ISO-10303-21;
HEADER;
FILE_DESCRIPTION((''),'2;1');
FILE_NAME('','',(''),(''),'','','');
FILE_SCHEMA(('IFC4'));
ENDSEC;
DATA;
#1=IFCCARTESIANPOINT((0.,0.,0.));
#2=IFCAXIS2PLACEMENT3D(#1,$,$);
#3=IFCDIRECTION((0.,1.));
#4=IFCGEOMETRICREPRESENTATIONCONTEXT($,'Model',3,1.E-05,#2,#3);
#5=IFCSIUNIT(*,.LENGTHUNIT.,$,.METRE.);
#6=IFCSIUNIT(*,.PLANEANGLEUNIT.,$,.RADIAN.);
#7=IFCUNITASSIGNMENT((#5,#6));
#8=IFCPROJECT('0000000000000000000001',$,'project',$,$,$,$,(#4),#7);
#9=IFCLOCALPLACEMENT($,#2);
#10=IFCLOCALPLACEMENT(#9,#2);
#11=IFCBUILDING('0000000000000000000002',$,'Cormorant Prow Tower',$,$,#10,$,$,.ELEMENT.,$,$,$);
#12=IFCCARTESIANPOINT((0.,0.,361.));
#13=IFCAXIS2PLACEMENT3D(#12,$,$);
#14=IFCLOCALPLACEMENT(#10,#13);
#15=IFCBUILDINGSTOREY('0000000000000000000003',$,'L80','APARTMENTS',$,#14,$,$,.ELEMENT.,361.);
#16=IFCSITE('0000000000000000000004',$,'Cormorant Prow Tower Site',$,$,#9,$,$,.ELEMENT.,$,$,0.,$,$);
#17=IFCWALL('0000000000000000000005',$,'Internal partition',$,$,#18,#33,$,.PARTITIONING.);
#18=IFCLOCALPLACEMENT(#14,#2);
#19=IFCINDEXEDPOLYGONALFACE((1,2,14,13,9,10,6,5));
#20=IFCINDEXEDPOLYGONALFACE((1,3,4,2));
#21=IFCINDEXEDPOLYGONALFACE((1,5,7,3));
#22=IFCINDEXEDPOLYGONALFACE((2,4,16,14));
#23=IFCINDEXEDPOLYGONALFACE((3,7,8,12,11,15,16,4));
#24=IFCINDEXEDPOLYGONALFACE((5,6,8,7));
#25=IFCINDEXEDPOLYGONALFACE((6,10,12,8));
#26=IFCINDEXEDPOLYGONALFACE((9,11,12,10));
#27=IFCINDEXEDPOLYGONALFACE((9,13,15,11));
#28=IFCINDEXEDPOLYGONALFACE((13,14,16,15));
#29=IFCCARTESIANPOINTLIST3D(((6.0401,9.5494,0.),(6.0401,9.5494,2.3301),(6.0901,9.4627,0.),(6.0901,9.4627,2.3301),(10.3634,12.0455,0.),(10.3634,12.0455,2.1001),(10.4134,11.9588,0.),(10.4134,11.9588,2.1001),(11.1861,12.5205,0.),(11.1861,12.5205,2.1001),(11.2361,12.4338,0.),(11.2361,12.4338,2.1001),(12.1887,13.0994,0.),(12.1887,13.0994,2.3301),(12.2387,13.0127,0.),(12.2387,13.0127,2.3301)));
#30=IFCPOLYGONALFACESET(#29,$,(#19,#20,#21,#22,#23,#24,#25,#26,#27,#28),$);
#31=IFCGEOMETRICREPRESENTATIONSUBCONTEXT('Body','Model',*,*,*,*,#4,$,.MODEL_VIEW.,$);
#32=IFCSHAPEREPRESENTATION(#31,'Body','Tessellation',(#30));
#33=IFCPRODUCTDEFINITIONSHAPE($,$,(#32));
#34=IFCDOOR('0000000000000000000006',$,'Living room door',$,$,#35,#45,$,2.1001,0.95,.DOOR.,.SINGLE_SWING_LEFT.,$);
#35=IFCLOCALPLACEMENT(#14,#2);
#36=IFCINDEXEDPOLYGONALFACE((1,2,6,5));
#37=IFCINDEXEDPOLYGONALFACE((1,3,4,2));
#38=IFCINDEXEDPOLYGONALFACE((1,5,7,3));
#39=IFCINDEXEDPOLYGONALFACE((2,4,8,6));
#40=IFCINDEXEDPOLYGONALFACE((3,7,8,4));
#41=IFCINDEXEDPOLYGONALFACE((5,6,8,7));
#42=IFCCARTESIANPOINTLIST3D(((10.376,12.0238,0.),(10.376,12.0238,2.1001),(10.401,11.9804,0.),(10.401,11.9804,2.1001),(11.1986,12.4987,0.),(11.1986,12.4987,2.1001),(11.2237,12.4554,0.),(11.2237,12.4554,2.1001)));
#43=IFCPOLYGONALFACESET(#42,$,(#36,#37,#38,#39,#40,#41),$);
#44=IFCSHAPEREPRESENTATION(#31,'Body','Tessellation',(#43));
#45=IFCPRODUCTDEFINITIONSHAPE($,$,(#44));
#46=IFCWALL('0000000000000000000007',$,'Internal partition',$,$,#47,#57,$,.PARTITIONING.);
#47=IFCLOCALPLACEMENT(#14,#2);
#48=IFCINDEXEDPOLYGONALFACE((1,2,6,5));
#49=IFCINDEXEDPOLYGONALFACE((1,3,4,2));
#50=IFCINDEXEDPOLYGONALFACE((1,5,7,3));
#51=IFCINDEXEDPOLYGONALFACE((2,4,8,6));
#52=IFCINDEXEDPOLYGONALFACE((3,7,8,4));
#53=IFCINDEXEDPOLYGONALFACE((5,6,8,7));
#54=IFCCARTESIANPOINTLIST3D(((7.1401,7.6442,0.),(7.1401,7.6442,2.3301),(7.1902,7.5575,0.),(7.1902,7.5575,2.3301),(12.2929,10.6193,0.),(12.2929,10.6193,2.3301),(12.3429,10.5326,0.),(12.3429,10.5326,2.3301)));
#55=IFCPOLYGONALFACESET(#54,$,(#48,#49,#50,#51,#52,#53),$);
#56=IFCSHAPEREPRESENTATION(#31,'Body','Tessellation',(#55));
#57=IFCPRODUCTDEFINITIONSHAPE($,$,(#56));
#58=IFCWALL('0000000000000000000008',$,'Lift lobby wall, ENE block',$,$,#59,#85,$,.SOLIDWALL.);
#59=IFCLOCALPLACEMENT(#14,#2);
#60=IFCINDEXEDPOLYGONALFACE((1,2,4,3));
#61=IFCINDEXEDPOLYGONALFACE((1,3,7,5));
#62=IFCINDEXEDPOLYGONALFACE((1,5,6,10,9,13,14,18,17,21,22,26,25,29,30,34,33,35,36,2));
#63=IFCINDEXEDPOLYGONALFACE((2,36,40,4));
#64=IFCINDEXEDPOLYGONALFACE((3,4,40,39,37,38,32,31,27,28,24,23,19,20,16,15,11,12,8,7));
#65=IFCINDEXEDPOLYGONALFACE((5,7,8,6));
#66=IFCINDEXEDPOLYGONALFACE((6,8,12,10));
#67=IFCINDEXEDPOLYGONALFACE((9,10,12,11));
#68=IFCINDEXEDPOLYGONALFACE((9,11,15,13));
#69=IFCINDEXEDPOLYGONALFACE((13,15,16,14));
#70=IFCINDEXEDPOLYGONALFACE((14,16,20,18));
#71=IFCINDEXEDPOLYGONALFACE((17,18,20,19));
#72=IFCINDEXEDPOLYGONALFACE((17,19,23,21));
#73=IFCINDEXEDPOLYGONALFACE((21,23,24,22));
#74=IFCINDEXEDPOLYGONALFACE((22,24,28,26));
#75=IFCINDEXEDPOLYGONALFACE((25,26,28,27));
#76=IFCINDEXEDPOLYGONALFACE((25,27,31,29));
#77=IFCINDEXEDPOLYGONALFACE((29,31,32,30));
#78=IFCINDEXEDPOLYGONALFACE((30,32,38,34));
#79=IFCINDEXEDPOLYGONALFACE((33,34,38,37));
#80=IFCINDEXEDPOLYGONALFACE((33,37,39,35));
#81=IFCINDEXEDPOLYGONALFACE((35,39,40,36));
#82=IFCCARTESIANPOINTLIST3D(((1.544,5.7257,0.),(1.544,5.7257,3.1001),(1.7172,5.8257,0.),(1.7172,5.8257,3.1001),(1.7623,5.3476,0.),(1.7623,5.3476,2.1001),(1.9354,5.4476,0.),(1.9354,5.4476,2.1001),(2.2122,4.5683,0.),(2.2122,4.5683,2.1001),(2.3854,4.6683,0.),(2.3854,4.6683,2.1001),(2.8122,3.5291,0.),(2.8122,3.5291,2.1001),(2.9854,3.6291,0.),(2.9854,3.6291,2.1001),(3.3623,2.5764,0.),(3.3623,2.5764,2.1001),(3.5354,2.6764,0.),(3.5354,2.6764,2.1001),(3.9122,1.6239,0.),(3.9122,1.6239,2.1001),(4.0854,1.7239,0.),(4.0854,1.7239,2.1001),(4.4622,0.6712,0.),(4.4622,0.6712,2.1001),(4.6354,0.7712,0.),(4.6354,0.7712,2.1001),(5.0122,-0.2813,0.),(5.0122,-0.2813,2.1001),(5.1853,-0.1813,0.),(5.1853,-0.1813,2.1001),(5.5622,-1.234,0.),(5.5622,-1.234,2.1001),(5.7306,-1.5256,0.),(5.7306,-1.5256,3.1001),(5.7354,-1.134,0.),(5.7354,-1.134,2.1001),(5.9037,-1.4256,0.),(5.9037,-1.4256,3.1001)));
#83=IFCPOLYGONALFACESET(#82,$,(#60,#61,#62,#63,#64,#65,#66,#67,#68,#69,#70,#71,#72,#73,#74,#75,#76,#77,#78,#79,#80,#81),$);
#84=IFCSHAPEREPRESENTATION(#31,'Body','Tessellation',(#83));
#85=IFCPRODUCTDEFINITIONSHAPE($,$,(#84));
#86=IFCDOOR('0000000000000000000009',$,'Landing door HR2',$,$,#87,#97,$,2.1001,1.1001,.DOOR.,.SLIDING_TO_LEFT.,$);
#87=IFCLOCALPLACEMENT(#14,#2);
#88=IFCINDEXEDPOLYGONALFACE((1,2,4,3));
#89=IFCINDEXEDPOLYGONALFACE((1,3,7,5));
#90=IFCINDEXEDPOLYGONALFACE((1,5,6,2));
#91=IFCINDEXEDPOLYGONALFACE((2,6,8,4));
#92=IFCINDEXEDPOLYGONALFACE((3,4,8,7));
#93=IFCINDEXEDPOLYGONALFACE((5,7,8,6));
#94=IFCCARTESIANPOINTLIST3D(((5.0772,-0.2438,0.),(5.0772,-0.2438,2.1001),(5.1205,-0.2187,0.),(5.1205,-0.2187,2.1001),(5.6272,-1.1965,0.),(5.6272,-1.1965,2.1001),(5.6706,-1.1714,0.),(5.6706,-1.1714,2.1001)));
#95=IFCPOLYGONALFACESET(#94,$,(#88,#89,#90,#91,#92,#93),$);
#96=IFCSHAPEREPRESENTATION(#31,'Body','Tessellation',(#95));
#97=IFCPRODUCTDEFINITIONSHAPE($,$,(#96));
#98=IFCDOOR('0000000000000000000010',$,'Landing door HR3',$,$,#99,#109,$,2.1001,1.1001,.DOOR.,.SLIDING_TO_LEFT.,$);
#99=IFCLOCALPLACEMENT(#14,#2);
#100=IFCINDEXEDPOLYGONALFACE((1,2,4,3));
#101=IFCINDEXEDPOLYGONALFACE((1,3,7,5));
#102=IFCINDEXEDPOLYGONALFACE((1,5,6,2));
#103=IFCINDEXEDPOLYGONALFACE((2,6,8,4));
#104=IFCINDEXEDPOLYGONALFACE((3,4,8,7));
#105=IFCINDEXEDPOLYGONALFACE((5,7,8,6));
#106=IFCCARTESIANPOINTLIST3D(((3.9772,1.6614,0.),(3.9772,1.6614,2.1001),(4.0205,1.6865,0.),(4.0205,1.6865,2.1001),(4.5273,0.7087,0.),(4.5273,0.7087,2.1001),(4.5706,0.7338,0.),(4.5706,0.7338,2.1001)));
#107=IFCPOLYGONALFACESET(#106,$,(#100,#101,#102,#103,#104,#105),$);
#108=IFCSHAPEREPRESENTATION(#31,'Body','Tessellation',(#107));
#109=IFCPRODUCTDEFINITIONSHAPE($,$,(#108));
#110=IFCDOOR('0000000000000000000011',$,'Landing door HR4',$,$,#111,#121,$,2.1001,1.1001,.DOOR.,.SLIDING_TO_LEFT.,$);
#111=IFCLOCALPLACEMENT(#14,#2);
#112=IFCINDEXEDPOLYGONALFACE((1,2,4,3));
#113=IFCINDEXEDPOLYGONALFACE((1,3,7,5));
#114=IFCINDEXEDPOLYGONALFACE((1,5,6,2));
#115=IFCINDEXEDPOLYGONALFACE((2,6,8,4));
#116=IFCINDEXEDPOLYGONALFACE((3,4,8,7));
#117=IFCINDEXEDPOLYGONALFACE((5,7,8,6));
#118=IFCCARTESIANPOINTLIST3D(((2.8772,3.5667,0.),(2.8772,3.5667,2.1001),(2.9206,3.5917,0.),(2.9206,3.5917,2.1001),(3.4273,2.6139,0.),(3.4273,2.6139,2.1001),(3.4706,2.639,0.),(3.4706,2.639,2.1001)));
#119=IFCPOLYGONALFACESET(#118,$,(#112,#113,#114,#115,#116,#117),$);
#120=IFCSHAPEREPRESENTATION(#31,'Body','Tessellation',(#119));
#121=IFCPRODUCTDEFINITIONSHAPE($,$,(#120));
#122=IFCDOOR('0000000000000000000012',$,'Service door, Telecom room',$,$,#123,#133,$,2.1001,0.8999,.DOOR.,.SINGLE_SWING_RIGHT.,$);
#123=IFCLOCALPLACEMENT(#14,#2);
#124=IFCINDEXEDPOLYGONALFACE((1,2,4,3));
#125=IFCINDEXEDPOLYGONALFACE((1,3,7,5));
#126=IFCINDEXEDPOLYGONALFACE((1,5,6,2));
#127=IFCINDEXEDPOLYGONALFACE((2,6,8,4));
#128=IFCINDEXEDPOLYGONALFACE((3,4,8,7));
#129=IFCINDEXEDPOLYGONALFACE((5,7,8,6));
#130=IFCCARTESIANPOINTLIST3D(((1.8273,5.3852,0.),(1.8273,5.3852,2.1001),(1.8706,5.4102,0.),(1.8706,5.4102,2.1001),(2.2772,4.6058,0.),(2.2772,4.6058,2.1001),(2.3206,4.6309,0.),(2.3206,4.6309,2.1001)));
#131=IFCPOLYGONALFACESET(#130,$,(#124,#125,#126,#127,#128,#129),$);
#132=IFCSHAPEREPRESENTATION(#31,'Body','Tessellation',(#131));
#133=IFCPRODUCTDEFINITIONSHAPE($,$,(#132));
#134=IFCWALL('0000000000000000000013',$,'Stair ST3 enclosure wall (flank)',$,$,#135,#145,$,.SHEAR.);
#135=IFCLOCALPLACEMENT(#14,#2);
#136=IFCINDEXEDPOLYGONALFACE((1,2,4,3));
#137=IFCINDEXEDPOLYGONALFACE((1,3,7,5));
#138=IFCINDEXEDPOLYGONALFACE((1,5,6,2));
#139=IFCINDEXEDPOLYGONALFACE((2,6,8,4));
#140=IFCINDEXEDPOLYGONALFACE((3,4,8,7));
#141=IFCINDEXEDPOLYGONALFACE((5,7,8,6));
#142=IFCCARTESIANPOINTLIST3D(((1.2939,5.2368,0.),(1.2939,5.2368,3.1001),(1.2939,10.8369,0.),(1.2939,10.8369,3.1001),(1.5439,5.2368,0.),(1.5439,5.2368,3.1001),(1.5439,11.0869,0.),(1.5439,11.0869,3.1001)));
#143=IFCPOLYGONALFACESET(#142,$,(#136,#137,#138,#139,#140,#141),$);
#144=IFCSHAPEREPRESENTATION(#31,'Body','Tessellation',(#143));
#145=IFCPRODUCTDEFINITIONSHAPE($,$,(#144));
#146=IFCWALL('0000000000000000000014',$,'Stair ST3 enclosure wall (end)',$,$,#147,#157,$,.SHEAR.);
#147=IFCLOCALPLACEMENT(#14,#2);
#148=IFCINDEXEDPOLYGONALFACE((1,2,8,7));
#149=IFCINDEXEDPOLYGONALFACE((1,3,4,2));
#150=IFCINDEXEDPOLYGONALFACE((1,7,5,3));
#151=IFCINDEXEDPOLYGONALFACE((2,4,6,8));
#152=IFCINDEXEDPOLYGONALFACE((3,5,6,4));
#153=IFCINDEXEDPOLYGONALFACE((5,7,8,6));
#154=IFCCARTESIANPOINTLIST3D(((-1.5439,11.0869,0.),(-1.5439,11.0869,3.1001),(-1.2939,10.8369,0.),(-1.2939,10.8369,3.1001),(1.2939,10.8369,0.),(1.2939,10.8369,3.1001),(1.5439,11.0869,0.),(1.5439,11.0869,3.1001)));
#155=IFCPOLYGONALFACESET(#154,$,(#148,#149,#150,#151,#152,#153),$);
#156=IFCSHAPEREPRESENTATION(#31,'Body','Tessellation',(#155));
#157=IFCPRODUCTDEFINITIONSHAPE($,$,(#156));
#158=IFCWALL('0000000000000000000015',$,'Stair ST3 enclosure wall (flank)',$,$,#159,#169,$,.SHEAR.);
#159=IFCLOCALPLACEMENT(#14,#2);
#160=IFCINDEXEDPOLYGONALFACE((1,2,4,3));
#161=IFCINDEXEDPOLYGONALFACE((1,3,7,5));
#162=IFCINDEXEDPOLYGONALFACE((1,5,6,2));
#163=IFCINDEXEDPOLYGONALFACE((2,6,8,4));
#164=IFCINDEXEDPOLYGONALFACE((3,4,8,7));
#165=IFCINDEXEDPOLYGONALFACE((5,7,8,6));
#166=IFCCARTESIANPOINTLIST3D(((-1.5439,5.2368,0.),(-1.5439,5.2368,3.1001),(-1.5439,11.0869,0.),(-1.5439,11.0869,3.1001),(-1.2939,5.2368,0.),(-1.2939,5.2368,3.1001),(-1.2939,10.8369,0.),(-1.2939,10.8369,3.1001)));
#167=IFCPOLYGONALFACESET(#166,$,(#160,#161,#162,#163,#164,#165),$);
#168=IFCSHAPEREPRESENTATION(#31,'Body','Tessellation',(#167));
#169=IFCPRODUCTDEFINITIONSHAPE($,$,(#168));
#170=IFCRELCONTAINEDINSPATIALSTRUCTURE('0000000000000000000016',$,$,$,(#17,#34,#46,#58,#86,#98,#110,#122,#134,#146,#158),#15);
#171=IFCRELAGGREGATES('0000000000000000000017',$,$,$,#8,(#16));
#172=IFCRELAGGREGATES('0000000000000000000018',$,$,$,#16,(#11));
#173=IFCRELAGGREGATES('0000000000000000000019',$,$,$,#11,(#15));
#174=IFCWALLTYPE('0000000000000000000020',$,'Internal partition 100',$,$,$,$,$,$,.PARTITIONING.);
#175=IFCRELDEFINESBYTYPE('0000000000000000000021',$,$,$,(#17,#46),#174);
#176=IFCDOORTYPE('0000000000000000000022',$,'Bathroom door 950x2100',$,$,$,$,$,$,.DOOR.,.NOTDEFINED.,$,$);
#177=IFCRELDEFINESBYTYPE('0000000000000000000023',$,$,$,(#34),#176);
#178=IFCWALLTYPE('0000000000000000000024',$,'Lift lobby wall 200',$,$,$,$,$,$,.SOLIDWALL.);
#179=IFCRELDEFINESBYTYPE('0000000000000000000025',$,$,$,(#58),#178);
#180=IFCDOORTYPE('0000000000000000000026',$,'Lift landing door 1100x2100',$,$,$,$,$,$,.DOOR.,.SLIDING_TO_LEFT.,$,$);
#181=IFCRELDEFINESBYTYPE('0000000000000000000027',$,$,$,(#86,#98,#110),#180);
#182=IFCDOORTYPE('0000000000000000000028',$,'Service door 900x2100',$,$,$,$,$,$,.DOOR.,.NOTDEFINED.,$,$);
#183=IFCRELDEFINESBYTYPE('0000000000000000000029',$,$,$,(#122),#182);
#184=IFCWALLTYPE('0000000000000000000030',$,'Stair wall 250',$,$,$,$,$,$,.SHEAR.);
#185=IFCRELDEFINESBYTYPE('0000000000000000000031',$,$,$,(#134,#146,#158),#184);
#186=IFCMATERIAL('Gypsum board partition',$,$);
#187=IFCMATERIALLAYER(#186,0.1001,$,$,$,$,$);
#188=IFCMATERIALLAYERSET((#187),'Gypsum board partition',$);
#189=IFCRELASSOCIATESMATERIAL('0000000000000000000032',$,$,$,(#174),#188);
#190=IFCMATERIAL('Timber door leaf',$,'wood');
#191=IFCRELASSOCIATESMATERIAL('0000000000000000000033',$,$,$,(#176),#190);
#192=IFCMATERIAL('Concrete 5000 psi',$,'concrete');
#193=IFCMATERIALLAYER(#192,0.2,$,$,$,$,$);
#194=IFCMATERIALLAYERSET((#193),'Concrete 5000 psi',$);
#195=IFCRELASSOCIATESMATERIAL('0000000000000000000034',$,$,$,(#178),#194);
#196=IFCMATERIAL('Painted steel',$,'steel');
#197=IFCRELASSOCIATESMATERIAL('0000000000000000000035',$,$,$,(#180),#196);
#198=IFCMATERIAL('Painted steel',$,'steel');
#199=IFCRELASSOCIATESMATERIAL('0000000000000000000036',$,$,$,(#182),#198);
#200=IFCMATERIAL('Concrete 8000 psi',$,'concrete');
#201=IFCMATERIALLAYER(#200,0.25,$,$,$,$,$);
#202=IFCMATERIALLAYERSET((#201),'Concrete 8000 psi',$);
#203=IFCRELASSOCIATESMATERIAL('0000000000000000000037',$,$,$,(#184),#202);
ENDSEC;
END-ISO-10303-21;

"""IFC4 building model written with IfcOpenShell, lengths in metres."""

from ifc_helpers import new_model, si_unit, direction, frame, frame_2d, origin, place, context, subcontext, project, spatial, polyline, rectangle, outline, extrude, material, layer, layer_set, type_object, element, fill, save


model = new_model("IFC4")

# Units and contexts
model_context = context("Model", 3, precision=1e-05, world=origin(), true_north=direction((0.0, 1.0)))
body_context = subcontext(model_context, "Body", "Model", "MODEL_VIEW")
ifc_project = project(units=[si_unit("LENGTHUNIT", "METRE"), si_unit("PLANEANGLEUNIT", "RADIAN")], contexts=[model_context])

# Site, building, storey
site_placement = place(None, origin())
site = spatial("IfcSite", under=ifc_project, at=site_placement, Name="Cormorant Prow Tower Site", CompositionType="ELEMENT", RefElevation=0.0)
building_placement = place(site_placement, origin())
building = spatial("IfcBuilding", under=site, at=building_placement, Name="Cormorant Prow Tower", CompositionType="ELEMENT")
storey_placement = place(building_placement, frame((0.0, 0.0, 361.0)))
storey = spatial("IfcBuildingStorey", under=building, at=storey_placement, Name="L80", Description="APARTMENTS", CompositionType="ELEMENT", Elevation=361.0)

# Wall, opening, door
ifc_material_1 = material(Name="Gypsum board partition")
ifc_layer_1 = layer(ifc_material_1, 0.1001)
ifc_layer_set_1 = layer_set([ifc_layer_1], Name="Gypsum board partition")
wall_type_1 = type_object("IfcWallType", Name="Internal partition 100", PredefinedType="PARTITIONING", material=ifc_layer_set_1)
wall_1_placement = place(storey_placement, frame((6.0652, 9.5061, 0.0), z_axis=(0.0, 0.0, 1.0), x_axis=(0.866019, 0.500011, 0.0)))
wall_1 = element("IfcWall", 1, at=wall_1_placement, inside=storey, type_object=wall_type_1, Name="Internal partition", PredefinedType="PARTITIONING", context=body_context, shape_type="SweptSolid", body=[
    extrude(rectangle(XDim=7.0999, YDim=0.1001, at=frame_2d((3.5498, 0.0))), origin(), (0.0, 0.0, 1.0), 2.3301),
])
opening_1_placement = place(wall_1_placement, frame((4.9919, 0.0, 0.0)))
opening_1 = element("IfcOpeningElement", 2, at=opening_1_placement, cuts=wall_1, PredefinedType="OPENING", context=body_context, shape_type="SweptSolid", body=[
    extrude(rectangle(XDim=0.95, YDim=2.1001, at=frame_2d((0.4751, 1.05))), frame((0.0, 0.0601, 0.0), z_axis=(0.0, -1.0, 0.0), x_axis=(1.0, 0.0, 0.0)), (0.0, 0.0, 1.0), 0.1201),
])
ifc_material_2 = material(Name="Timber door leaf", Category="wood")
door_type_1 = type_object("IfcDoorType", Name="Bathroom door 950x2100", OperationType="NOTDEFINED", PredefinedType="DOOR", material=ifc_material_2)
door_1_placement = place(opening_1_placement, origin())
door_1 = element("IfcDoor", 3, at=door_1_placement, inside=storey, type_object=door_type_1, Name="Living room door", OperationType="SINGLE_SWING_LEFT", OverallHeight=2.1001, OverallWidth=0.95, PredefinedType="DOOR", context=body_context, shape_type="SweptSolid", body=[
    extrude(rectangle(XDim=0.95, YDim=2.1001, at=frame_2d((0.4751, 1.05))), frame((0.0, 0.0249, 0.0), z_axis=(0.0, -1.0, 0.0), x_axis=(1.0, 0.0, 0.0)), (0.0, 0.0, 1.0), 0.05),
])
fill(opening_1, door_1)

# Wall
wall_2_placement = place(storey_placement, frame((7.165, 7.6008, 0.0), z_axis=(0.0, 0.0, 1.0), x_axis=(0.866017, 0.500014, 0.0)))
element("IfcWall", 4, at=wall_2_placement, inside=storey, type_object=wall_type_1, Name="Internal partition", PredefinedType="PARTITIONING", context=body_context, shape_type="SweptSolid", body=[
    extrude(rectangle(XDim=5.95, YDim=0.1001, at=frame_2d((2.9751, 0.0))), origin(), (0.0, 0.0, 1.0), 2.3301),
])

# Wall, openings, doors
ifc_material_3 = material(Name="Concrete 5000 psi", Category="concrete")
ifc_layer_2 = layer(ifc_material_3, 0.2)
ifc_layer_set_2 = layer_set([ifc_layer_2], Name="Concrete 5000 psi")
wall_type_2 = type_object("IfcWallType", Name="Lift lobby wall 200", PredefinedType="SOLIDWALL", material=ifc_layer_set_2)
wall_3_placement = place(storey_placement, frame((5.8171, -1.4756, 0.0), z_axis=(0.0, 0.0, 1.0), x_axis=(-0.500003, 0.866024, 0.0)))
wall_3 = element("IfcWall", 5, at=wall_3_placement, inside=storey, type_object=wall_type_2, Name="Lift lobby wall, ENE block", PredefinedType="SOLIDWALL", context=body_context, shape_type="SweptSolid", body=[
    extrude(rectangle(XDim=8.373, YDim=0.2, at=frame_2d((4.1865, 0.0))), origin(), (0.0, 0.0, 1.0), 3.1001),
])
opening_2_placement = place(wall_3_placement, frame((0.3367, 0.0, 0.0)))
opening_2 = element("IfcOpeningElement", 6, at=opening_2_placement, cuts=wall_3, PredefinedType="OPENING", context=body_context, shape_type="SweptSolid", body=[
    extrude(rectangle(XDim=1.1001, YDim=2.1001, at=frame_2d((0.55, 1.05))), frame((0.0, 0.1099, 0.0), z_axis=(0.0, -1.0, 0.0), x_axis=(1.0, 0.0, 0.0)), (0.0, 0.0, 1.0), 0.22),
])
opening_3_placement = place(wall_3_placement, frame((2.5366, 0.0, 0.0)))
opening_3 = element("IfcOpeningElement", 7, at=opening_3_placement, cuts=wall_3, PredefinedType="OPENING", context=body_context, shape_type="SweptSolid", body=[
    extrude(rectangle(XDim=1.1001, YDim=2.1001, at=frame_2d((0.55, 1.05))), frame((0.0, 0.1099, 0.0), z_axis=(0.0, -1.0, 0.0), x_axis=(1.0, 0.0, 0.0)), (0.0, 0.0, 1.0), 0.22),
])
opening_4_placement = place(wall_3_placement, frame((4.7366, 0.0, 0.0)))
opening_4 = element("IfcOpeningElement", 8, at=opening_4_placement, cuts=wall_3, PredefinedType="OPENING", context=body_context, shape_type="SweptSolid", body=[
    extrude(rectangle(XDim=1.1001, YDim=2.1001, at=frame_2d((0.55, 1.05))), frame((0.0, 0.1099, 0.0), z_axis=(0.0, -1.0, 0.0), x_axis=(1.0, 0.0, 0.0)), (0.0, 0.0, 1.0), 0.22),
])
opening_5_placement = place(wall_3_placement, frame((7.0366, 0.0, 0.0)))
opening_5 = element("IfcOpeningElement", 9, at=opening_5_placement, cuts=wall_3, PredefinedType="OPENING", context=body_context, shape_type="SweptSolid", body=[
    extrude(rectangle(XDim=0.8999, YDim=2.1001, at=frame_2d((0.45, 1.05))), frame((0.0, 0.1099, 0.0), z_axis=(0.0, -1.0, 0.0), x_axis=(1.0, 0.0, 0.0)), (0.0, 0.0, 1.0), 0.22),
])
ifc_material_4 = material(Name="Painted steel", Category="steel")
door_type_2 = type_object("IfcDoorType", Name="Lift landing door 1100x2100", OperationType="SLIDING_TO_LEFT", PredefinedType="DOOR", material=ifc_material_4)
door_2_placement = place(opening_2_placement, origin())
door_2 = element("IfcDoor", 10, at=door_2_placement, inside=storey, type_object=door_type_2, Name="Landing door HR2", OperationType="SLIDING_TO_LEFT", OverallHeight=2.1001, OverallWidth=1.1001, PredefinedType="DOOR", context=body_context, shape_type="SweptSolid", body=[
    extrude(rectangle(XDim=1.1001, YDim=2.1001, at=frame_2d((0.55, 1.05))), frame((0.0, 0.0249, 0.0), z_axis=(0.0, -1.0, 0.0), x_axis=(1.0, 0.0, 0.0)), (0.0, 0.0, 1.0), 0.05),
])
fill(opening_2, door_2)
door_3_placement = place(opening_3_placement, origin())
door_3 = element("IfcDoor", 11, at=door_3_placement, inside=storey, type_object=door_type_2, Name="Landing door HR3", OperationType="SLIDING_TO_LEFT", OverallHeight=2.1001, OverallWidth=1.1001, PredefinedType="DOOR", context=body_context, shape_type="SweptSolid", body=[
    extrude(rectangle(XDim=1.1001, YDim=2.1001, at=frame_2d((0.55, 1.05))), frame((0.0, 0.0249, 0.0), z_axis=(0.0, -1.0, 0.0), x_axis=(1.0, 0.0, 0.0)), (0.0, 0.0, 1.0), 0.05),
])
fill(opening_3, door_3)
door_4_placement = place(opening_4_placement, origin())
door_4 = element("IfcDoor", 12, at=door_4_placement, inside=storey, type_object=door_type_2, Name="Landing door HR4", OperationType="SLIDING_TO_LEFT", OverallHeight=2.1001, OverallWidth=1.1001, PredefinedType="DOOR", context=body_context, shape_type="SweptSolid", body=[
    extrude(rectangle(XDim=1.1001, YDim=2.1001, at=frame_2d((0.55, 1.05))), frame((0.0, 0.0249, 0.0), z_axis=(0.0, -1.0, 0.0), x_axis=(1.0, 0.0, 0.0)), (0.0, 0.0, 1.0), 0.05),
])
fill(opening_4, door_4)
ifc_material_5 = material(Name="Painted steel", Category="steel")
door_type_3 = type_object("IfcDoorType", Name="Service door 900x2100", OperationType="NOTDEFINED", PredefinedType="DOOR", material=ifc_material_5)
door_5_placement = place(opening_5_placement, origin())
door_5 = element("IfcDoor", 13, at=door_5_placement, inside=storey, type_object=door_type_3, Name="Service door, Telecom room", OperationType="SINGLE_SWING_RIGHT", OverallHeight=2.1001, OverallWidth=0.8999, PredefinedType="DOOR", context=body_context, shape_type="SweptSolid", body=[
    extrude(rectangle(XDim=0.8999, YDim=2.1001, at=frame_2d((0.45, 1.05))), frame((0.0, 0.0249, 0.0), z_axis=(0.0, -1.0, 0.0), x_axis=(1.0, 0.0, 0.0)), (0.0, 0.0, 1.0), 0.05),
])
fill(opening_5, door_5)

# Walls
ifc_material_6 = material(Name="Concrete 8000 psi", Category="concrete")
ifc_layer_3 = layer(ifc_material_6, 0.25)
ifc_layer_set_3 = layer_set([ifc_layer_3], Name="Concrete 8000 psi")
wall_type_3 = type_object("IfcWallType", Name="Stair wall 250", PredefinedType="SHEAR", material=ifc_layer_set_3)
wall_4_placement = place(storey_placement, origin())
element("IfcWall", 14, at=wall_4_placement, inside=storey, type_object=wall_type_3, Name="Stair ST3 enclosure wall (flank)", PredefinedType="SHEAR", context=body_context, shape_type="SweptSolid", body=[
    extrude(outline(polyline([(1.5439, 5.2368), (1.5439, 11.0869), (1.2939, 10.8369), (1.2939, 5.2368), (1.5439, 5.2368)])), origin(), (0.0, 0.0, 1.0), 3.1001),
])
wall_5_placement = place(storey_placement, origin())
element("IfcWall", 15, at=wall_5_placement, inside=storey, type_object=wall_type_3, Name="Stair ST3 enclosure wall (end)", PredefinedType="SHEAR", context=body_context, shape_type="SweptSolid", body=[
    extrude(outline(polyline([(1.5439, 11.0869), (-1.5439, 11.0869), (-1.2939, 10.8369), (1.2939, 10.8369), (1.5439, 11.0869)])), origin(), (0.0, 0.0, 1.0), 3.1001),
])
wall_6_placement = place(storey_placement, origin())
element("IfcWall", 16, at=wall_6_placement, inside=storey, type_object=wall_type_3, Name="Stair ST3 enclosure wall (flank)", PredefinedType="SHEAR", context=body_context, shape_type="SweptSolid", body=[
    extrude(outline(polyline([(-1.2939, 10.8369), (-1.5439, 11.0869), (-1.5439, 5.2368), (-1.2939, 5.2368), (-1.2939, 10.8369)])), origin(), (0.0, 0.0, 1.0), 3.1001),
])

save(model, "model.ifc")
